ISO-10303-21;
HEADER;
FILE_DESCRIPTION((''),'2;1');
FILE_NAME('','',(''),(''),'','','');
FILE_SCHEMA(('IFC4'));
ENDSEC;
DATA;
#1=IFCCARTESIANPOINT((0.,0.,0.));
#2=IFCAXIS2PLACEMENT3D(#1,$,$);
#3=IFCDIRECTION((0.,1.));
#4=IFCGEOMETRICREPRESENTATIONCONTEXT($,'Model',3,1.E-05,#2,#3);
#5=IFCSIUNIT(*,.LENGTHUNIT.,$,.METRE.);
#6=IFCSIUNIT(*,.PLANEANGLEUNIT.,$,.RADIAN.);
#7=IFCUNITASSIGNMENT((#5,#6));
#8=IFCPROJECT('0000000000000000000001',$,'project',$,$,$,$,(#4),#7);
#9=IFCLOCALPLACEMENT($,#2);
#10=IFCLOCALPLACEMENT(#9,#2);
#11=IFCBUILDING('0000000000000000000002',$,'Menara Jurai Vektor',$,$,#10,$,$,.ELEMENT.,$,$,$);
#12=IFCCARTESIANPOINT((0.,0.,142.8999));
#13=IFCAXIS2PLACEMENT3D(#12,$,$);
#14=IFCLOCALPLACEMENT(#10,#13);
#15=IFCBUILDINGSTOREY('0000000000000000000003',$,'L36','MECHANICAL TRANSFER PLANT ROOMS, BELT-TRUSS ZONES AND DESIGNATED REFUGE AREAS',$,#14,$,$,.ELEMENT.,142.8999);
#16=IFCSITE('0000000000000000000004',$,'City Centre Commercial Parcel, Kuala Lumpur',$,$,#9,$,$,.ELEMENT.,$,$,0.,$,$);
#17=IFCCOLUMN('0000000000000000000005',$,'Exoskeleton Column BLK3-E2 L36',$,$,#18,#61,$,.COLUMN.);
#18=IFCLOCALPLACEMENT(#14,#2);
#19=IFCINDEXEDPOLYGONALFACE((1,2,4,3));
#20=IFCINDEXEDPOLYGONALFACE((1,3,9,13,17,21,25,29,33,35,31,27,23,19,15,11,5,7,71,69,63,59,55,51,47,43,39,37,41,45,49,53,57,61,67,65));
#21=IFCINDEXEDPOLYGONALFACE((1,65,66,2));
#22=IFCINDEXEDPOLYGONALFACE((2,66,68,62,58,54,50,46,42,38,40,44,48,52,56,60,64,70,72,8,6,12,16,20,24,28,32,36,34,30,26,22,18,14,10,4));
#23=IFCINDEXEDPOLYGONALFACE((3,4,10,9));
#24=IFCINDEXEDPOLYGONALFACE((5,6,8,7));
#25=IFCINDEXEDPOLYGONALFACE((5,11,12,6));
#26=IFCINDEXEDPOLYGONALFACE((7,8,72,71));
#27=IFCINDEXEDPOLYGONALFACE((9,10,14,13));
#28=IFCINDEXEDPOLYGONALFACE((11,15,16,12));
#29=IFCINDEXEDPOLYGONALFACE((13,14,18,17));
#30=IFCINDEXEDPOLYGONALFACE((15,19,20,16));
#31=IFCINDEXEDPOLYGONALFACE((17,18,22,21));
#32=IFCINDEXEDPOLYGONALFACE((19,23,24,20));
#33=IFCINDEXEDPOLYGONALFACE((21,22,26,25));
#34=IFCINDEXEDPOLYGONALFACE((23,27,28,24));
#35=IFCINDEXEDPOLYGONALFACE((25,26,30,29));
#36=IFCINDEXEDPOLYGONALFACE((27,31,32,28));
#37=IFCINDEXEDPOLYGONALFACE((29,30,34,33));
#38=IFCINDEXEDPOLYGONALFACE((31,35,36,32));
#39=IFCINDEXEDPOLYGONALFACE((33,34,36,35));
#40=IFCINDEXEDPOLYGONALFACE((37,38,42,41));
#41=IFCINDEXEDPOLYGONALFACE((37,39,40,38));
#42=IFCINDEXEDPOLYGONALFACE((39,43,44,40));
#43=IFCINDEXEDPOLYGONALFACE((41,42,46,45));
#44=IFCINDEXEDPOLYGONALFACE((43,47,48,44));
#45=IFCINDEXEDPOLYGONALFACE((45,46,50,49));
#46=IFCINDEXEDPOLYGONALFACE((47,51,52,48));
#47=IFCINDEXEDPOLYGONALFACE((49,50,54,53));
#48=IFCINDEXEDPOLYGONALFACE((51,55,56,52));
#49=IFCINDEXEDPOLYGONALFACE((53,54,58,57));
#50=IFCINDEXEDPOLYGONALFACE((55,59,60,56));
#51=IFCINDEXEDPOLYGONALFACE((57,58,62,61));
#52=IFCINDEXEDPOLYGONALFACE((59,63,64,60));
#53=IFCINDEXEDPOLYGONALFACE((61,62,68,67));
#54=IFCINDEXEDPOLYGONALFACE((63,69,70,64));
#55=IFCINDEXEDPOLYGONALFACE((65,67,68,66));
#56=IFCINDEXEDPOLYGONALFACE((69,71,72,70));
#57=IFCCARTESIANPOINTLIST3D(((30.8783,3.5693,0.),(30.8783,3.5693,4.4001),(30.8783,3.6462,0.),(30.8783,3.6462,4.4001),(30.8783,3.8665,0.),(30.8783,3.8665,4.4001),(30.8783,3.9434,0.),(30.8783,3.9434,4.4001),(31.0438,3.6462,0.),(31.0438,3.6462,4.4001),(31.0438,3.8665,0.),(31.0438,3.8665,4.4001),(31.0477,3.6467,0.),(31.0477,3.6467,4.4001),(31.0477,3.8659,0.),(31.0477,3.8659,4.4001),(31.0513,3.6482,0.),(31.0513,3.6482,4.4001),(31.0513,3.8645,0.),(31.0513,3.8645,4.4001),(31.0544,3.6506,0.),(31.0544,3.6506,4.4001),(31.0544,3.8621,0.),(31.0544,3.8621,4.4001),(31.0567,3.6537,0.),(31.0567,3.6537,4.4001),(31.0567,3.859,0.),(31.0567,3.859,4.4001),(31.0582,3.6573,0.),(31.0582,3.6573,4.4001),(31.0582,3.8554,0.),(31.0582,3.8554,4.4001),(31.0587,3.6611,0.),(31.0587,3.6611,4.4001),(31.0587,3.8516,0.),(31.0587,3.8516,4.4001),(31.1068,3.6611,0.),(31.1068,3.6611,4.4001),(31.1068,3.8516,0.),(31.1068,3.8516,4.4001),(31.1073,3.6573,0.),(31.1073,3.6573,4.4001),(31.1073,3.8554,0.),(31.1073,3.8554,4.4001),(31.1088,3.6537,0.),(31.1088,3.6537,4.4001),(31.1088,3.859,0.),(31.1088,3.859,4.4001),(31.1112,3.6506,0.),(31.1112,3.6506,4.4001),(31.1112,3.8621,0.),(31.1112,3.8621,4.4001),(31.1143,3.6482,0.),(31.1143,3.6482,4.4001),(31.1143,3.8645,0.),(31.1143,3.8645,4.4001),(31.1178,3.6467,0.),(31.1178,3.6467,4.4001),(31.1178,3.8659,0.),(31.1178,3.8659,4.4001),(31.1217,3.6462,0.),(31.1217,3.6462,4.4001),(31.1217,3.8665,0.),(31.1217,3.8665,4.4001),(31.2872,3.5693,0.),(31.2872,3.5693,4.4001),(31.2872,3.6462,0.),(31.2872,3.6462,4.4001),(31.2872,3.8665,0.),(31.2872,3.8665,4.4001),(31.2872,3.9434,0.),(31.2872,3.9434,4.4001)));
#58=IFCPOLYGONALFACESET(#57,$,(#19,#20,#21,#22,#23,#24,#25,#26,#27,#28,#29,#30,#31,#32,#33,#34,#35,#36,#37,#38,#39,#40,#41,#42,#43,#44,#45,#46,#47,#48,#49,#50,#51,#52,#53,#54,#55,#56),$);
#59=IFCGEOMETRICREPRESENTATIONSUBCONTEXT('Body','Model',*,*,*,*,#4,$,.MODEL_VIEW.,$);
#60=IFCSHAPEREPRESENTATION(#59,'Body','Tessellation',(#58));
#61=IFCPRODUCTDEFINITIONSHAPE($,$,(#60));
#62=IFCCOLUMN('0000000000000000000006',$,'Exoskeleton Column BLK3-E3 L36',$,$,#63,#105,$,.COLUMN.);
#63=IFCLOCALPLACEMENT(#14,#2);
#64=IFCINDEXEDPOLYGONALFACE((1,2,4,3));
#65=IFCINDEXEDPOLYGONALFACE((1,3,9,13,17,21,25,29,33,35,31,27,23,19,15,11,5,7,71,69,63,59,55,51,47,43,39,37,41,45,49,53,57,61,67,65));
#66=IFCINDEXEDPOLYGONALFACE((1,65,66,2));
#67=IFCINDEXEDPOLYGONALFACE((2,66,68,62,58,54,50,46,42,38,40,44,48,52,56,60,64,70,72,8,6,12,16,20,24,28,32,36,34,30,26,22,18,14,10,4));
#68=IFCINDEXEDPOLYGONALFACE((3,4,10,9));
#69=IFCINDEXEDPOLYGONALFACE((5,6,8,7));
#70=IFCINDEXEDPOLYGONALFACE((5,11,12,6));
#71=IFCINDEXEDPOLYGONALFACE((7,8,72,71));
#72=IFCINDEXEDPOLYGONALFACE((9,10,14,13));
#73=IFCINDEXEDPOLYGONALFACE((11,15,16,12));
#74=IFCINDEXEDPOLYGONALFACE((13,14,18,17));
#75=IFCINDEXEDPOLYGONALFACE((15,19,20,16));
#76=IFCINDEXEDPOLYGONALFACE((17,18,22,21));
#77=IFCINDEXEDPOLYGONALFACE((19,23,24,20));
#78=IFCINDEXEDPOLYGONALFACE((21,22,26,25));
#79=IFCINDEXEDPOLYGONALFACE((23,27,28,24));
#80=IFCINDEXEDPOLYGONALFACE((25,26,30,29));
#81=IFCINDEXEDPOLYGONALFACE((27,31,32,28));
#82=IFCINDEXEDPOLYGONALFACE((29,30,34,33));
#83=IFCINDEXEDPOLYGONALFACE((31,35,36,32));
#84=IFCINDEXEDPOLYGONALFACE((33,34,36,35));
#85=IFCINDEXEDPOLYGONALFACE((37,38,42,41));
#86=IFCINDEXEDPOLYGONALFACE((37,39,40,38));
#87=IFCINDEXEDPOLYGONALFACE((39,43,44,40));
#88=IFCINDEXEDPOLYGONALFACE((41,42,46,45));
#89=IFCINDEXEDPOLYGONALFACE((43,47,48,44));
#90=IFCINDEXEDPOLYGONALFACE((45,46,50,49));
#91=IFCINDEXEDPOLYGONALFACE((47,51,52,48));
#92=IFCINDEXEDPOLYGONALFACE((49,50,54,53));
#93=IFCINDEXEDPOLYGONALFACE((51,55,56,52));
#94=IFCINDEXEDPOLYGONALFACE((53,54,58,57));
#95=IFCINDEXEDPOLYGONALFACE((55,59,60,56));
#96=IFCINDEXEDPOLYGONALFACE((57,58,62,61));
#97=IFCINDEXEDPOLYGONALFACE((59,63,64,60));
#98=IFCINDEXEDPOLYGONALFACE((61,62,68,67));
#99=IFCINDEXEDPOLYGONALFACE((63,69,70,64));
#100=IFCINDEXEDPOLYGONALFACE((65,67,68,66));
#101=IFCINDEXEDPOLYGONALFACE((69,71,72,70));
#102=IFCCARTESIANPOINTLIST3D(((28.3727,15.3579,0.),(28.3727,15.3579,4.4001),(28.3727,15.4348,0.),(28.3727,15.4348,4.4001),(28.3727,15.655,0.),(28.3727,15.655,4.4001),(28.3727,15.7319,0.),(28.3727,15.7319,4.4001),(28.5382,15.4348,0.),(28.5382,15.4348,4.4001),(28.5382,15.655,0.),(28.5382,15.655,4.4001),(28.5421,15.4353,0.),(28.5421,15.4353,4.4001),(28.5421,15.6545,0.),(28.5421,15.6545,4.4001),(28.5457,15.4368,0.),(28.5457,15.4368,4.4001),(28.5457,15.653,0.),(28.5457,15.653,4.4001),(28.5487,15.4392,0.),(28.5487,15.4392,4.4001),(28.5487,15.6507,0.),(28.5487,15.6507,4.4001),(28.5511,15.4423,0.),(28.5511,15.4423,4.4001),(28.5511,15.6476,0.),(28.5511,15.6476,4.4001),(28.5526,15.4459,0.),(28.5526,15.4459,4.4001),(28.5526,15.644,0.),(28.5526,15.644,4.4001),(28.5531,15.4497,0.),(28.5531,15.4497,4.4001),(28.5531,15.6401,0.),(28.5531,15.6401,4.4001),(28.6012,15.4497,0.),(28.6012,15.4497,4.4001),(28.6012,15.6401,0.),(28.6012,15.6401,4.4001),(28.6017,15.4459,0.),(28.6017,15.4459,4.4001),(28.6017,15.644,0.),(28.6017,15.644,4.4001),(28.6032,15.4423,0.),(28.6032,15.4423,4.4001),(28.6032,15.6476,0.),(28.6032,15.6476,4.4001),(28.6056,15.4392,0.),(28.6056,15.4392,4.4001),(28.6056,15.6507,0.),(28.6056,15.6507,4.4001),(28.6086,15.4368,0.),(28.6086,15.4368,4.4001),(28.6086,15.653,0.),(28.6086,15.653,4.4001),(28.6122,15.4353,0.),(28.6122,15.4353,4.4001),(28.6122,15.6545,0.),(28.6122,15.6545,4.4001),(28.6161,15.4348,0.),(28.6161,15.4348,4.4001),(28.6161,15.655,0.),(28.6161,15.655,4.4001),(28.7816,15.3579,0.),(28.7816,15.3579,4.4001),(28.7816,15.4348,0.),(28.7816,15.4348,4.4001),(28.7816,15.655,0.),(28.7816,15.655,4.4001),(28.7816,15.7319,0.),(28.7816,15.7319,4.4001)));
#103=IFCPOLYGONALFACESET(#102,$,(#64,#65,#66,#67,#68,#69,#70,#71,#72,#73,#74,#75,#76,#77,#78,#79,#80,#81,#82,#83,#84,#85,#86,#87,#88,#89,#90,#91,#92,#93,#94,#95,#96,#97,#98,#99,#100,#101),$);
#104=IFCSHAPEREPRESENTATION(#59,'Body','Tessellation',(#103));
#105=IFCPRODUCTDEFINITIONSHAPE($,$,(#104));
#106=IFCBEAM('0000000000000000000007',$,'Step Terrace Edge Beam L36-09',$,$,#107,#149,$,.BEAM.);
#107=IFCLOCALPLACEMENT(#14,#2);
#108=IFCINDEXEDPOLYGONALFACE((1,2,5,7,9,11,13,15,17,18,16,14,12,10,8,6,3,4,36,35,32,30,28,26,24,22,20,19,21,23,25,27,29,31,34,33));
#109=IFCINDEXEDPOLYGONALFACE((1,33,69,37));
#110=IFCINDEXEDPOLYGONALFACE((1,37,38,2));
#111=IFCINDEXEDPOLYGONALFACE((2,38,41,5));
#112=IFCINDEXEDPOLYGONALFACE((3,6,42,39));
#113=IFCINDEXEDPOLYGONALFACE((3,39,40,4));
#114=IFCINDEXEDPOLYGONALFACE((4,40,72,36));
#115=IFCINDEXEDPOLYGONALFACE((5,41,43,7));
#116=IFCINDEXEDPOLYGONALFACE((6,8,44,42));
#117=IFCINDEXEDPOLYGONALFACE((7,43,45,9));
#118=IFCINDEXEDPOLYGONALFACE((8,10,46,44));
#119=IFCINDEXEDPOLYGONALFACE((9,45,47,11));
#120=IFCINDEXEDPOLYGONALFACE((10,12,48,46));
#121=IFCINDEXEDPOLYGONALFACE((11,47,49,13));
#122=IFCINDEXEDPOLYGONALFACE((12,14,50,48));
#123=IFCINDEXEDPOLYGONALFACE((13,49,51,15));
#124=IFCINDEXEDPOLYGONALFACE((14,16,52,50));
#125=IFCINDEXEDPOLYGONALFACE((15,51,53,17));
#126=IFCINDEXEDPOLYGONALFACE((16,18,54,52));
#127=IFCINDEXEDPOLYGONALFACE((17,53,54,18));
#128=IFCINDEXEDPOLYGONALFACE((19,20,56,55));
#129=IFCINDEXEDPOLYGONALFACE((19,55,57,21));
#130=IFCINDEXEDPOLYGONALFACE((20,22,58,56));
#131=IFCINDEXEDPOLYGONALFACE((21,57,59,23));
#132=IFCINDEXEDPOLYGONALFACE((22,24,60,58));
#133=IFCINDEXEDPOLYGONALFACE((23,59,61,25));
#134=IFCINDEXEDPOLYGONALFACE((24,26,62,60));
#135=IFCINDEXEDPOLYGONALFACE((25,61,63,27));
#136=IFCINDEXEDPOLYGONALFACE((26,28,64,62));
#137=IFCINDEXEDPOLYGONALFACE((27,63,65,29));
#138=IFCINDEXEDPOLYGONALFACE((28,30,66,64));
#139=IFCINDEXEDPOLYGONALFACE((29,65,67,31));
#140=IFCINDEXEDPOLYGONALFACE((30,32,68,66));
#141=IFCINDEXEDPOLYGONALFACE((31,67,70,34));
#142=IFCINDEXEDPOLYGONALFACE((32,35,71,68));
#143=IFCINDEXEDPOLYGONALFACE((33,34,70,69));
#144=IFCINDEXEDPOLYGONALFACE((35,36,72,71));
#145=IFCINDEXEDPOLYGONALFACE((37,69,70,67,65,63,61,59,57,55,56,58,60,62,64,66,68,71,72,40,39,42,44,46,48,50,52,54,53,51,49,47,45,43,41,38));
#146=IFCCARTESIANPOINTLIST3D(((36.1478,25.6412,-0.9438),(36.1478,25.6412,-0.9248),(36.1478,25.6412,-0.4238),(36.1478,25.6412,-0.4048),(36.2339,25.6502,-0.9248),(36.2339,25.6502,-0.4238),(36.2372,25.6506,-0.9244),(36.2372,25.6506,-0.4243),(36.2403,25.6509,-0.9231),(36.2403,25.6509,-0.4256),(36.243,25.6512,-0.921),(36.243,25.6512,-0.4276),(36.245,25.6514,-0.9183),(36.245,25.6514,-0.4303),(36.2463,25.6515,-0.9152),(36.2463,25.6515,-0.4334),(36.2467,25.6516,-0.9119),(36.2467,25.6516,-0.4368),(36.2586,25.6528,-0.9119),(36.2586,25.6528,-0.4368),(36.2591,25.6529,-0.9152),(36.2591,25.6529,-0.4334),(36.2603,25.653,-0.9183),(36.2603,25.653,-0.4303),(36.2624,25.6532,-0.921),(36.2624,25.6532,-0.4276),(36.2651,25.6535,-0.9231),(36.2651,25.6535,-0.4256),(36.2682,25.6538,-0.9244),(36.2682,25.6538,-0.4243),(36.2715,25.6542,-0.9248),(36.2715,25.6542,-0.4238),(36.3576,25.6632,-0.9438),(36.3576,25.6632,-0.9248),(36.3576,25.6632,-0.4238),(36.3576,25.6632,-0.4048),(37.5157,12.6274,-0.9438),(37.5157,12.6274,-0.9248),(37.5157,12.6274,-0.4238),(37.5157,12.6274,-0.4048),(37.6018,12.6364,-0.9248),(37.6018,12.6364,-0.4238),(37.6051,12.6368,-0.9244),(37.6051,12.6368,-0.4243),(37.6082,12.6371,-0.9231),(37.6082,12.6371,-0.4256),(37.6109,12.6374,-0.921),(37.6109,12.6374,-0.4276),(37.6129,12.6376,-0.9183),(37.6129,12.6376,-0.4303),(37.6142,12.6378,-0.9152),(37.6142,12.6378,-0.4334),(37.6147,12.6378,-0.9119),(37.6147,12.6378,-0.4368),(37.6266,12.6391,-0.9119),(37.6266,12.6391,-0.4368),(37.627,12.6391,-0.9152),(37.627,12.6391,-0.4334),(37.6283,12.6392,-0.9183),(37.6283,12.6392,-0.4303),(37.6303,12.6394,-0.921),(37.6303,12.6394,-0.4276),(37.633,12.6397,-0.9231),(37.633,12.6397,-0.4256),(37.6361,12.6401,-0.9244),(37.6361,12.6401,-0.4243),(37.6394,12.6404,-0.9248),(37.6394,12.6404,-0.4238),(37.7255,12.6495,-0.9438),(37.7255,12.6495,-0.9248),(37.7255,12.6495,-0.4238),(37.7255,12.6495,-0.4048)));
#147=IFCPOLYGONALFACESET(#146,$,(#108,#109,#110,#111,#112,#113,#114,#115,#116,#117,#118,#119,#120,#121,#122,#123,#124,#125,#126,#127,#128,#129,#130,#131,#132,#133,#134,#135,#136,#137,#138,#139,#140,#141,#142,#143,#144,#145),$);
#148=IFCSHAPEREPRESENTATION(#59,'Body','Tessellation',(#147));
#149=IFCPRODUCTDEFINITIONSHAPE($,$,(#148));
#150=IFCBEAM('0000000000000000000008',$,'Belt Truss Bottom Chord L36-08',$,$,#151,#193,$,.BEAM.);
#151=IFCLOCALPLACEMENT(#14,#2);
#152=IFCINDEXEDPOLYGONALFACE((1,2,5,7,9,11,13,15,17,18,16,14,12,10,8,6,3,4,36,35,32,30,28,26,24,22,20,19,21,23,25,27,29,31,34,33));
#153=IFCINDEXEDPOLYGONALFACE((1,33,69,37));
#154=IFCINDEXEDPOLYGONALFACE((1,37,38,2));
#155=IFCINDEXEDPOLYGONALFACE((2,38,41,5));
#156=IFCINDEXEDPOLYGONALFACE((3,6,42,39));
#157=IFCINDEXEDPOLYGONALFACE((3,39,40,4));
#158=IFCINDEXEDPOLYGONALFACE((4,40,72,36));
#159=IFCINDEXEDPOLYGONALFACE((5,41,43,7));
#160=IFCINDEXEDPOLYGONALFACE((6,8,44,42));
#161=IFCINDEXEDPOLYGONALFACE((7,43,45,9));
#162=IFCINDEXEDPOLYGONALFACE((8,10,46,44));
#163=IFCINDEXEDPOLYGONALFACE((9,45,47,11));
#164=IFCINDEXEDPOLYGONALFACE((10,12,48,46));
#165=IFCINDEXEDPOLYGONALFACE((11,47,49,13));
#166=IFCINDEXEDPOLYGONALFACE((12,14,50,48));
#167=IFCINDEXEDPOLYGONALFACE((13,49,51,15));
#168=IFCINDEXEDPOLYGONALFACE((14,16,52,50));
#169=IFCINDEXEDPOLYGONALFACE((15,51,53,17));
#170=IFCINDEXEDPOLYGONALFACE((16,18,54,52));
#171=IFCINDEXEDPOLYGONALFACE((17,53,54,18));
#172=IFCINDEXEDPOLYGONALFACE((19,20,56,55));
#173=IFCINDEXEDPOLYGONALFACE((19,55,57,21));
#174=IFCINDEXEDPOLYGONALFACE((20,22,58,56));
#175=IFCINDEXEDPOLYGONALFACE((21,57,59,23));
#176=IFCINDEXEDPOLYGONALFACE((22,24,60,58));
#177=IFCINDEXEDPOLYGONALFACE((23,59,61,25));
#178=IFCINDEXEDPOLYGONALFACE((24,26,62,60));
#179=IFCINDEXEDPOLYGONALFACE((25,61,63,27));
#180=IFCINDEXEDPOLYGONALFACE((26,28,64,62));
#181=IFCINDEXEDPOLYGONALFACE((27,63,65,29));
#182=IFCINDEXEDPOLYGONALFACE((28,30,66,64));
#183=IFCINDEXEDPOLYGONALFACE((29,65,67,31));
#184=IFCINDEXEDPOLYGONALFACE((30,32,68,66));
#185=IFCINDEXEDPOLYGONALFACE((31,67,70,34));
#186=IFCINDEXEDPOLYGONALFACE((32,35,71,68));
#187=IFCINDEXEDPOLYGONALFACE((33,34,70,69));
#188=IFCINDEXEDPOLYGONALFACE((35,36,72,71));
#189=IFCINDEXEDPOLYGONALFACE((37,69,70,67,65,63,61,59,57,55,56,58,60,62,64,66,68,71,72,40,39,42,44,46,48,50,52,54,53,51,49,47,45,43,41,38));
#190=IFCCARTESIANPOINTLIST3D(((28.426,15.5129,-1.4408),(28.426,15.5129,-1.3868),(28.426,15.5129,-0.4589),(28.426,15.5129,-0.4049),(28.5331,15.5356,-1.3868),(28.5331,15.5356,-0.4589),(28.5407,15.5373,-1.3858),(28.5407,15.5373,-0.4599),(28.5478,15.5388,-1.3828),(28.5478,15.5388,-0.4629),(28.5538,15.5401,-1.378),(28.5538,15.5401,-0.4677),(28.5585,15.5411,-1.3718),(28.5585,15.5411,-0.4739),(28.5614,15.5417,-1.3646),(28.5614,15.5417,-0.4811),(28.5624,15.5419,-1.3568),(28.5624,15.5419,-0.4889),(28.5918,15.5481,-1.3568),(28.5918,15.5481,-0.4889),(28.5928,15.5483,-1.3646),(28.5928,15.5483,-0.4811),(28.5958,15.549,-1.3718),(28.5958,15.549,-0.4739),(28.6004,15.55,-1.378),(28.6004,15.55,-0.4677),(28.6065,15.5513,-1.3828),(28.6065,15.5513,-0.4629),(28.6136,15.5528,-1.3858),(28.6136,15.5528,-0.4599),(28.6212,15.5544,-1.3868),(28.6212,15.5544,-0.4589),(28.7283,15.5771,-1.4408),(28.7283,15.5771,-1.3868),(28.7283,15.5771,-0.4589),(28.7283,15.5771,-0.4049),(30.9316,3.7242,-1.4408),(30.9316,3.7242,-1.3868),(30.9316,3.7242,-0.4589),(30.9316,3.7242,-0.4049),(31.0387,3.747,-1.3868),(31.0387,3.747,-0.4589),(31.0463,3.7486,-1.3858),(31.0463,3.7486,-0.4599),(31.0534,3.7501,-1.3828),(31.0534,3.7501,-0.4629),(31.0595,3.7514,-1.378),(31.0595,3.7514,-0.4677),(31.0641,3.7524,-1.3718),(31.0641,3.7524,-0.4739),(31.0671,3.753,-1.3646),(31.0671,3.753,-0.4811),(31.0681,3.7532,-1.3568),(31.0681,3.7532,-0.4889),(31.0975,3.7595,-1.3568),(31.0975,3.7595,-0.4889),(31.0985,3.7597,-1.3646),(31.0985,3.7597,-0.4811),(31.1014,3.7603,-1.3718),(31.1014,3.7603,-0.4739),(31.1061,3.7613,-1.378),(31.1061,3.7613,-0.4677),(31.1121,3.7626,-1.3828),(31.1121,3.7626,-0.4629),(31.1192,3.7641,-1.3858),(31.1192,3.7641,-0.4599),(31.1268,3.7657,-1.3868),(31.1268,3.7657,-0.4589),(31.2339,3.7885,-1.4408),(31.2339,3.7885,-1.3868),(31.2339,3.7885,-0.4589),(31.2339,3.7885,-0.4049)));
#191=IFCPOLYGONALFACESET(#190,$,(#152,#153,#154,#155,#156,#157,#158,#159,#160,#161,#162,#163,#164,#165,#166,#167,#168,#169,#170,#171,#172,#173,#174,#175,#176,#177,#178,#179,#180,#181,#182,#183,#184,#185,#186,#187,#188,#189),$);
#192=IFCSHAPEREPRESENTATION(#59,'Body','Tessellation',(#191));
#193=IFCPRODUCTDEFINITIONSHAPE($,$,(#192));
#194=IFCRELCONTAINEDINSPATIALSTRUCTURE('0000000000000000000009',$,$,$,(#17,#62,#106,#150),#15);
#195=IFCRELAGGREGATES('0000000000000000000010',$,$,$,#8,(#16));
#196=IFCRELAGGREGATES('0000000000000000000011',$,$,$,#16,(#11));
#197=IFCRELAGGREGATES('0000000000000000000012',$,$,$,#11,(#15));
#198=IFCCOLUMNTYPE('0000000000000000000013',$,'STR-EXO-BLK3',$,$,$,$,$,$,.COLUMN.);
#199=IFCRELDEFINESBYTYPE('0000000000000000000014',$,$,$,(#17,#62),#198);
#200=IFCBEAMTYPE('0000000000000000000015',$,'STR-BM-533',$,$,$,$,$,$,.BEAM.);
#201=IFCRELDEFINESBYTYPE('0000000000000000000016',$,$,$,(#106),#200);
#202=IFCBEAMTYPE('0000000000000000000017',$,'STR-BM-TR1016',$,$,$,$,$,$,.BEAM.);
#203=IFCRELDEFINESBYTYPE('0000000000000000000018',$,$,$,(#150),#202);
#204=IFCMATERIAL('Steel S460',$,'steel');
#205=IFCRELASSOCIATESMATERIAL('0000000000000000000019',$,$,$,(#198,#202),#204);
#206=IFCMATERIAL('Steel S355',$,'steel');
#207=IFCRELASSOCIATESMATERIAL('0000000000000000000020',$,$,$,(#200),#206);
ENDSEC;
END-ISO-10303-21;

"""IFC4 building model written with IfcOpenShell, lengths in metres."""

from ifc_helpers import new_model, si_unit, direction, frame, origin, origin_2d, place, context, subcontext, project, spatial, i_section, extrude, material, material_profile, profile_set, type_object, element, save


model = new_model("IFC4")

# Units and contexts
model_context = context("Model", 3, precision=1e-05, world=origin(), true_north=direction((0.0, 1.0)))
body_context = subcontext(model_context, "Body", "Model", "MODEL_VIEW")
ifc_project = project(units=[si_unit("LENGTHUNIT", "METRE"), si_unit("PLANEANGLEUNIT", "RADIAN")], contexts=[model_context])

# Site, building, storey
site_placement = place(None, origin())
site = spatial("IfcSite", under=ifc_project, at=site_placement, Name="City Centre Commercial Parcel, Kuala Lumpur", CompositionType="ELEMENT", RefElevation=0.0)
building_placement = place(site_placement, origin())
building = spatial("IfcBuilding", under=site, at=building_placement, Name="Menara Jurai Vektor", CompositionType="ELEMENT")
storey_placement = place(building_placement, frame((0.0, 0.0, 142.8999)))
storey = spatial("IfcBuildingStorey", under=building, at=storey_placement, Name="L36", Description="MECHANICAL TRANSFER PLANT ROOMS, BELT-TRUSS ZONES AND DESIGNATED REFUGE AREAS", CompositionType="ELEMENT", Elevation=142.8999)

# Columns
ifc_material_1 = material(Name="Steel S460", Category="steel")
ifc_material_profile_1 = material_profile(ifc_material_1, i_section(OverallWidth=0.4089, OverallDepth=0.374, WebThickness=0.0481, FlangeThickness=0.0769, FilletRadius=0.0149, at=origin_2d()), Name="HD 400x634")
ifc_profile_set_1 = profile_set([ifc_material_profile_1], Name="Steel S460")
column_type = type_object("IfcColumnType", Name="STR-EXO-BLK3", PredefinedType="COLUMN", material=ifc_profile_set_1)
for number, where, z_axis, x_axis, name in (
    (1, (31.0828, 3.7563, 0.0), (0.0, 0.0, 1.0), (1.0, 0.0, 0.0), "Exoskeleton Column BLK3-E2 L36"),
    (2, (28.5771, 15.5449, 0.0), (0.0, 0.0, 1.0), (1.0, 0.0, 0.0), "Exoskeleton Column BLK3-E3 L36"),
):
    element("IfcColumn", number, at=place(storey_placement, frame(where, z_axis=z_axis, x_axis=x_axis)), inside=storey, type_object=column_type, Name=name, PredefinedType="COLUMN", context=body_context, shape_type="SweptSolid", body=[
        extrude(i_section(OverallWidth=0.4089, OverallDepth=0.374, WebThickness=0.0481, FlangeThickness=0.0769, FilletRadius=0.0149, at=origin_2d()), origin(), (0.0, 0.0, 1.0), 4.4001),
    ])

# Beams
ifc_material_2 = material(Name="Steel S355", Category="steel")
ifc_material_profile_2 = material_profile(ifc_material_2, i_section(OverallWidth=0.2109, OverallDepth=0.5391, WebThickness=0.012, FlangeThickness=0.019, FilletRadius=0.0129, at=origin_2d()), Name="UKB 533x210x109")
ifc_profile_set_2 = profile_set([ifc_material_profile_2], Name="Steel S355")
beam_type_1 = type_object("IfcBeamType", Name="STR-BM-533", PredefinedType="BEAM", material=ifc_profile_set_2)
beam_1_placement = place(storey_placement, frame((37.6206, 12.6384, -0.6743), z_axis=(-0.104538, 0.994521, 0.0), x_axis=(-0.994521, -0.104538, 0.0)))
element("IfcBeam", 3, at=beam_1_placement, inside=storey, type_object=beam_type_1, Name="Step Terrace Edge Beam L36-09", PredefinedType="BEAM", context=body_context, shape_type="SweptSolid", body=[
    extrude(i_section(OverallWidth=0.2109, OverallDepth=0.5391, WebThickness=0.012, FlangeThickness=0.019, FilletRadius=0.0129, at=origin_2d()), origin(), (0.0, 0.0, 1.0), 13.0854),
])
ifc_material_profile_3 = material_profile(ifc_material_1, i_section(OverallWidth=0.3091, OverallDepth=1.0359, WebThickness=0.03, FlangeThickness=0.054, FilletRadius=0.03, at=origin_2d()), Name="UKB 1016x305x487")
ifc_profile_set_3 = profile_set([ifc_material_profile_3], Name="Steel S460")
beam_type_2 = type_object("IfcBeamType", Name="STR-BM-TR1016", PredefinedType="BEAM", material=ifc_profile_set_3)
beam_2_placement = place(storey_placement, frame((31.0828, 3.7563, -0.9229), z_axis=(-0.207902, 0.97815, 0.0), x_axis=(-0.97815, -0.207902, 0.0)))
element("IfcBeam", 4, at=beam_2_placement, inside=storey, type_object=beam_type_2, Name="Belt Truss Bottom Chord L36-08", PredefinedType="BEAM", context=body_context, shape_type="SweptSolid", body=[
    extrude(i_section(OverallWidth=0.3091, OverallDepth=1.0359, WebThickness=0.03, FlangeThickness=0.054, FilletRadius=0.03, at=origin_2d()), origin(), (0.0, 0.0, 1.0), 12.052),
])

save(model, "model.ifc")
